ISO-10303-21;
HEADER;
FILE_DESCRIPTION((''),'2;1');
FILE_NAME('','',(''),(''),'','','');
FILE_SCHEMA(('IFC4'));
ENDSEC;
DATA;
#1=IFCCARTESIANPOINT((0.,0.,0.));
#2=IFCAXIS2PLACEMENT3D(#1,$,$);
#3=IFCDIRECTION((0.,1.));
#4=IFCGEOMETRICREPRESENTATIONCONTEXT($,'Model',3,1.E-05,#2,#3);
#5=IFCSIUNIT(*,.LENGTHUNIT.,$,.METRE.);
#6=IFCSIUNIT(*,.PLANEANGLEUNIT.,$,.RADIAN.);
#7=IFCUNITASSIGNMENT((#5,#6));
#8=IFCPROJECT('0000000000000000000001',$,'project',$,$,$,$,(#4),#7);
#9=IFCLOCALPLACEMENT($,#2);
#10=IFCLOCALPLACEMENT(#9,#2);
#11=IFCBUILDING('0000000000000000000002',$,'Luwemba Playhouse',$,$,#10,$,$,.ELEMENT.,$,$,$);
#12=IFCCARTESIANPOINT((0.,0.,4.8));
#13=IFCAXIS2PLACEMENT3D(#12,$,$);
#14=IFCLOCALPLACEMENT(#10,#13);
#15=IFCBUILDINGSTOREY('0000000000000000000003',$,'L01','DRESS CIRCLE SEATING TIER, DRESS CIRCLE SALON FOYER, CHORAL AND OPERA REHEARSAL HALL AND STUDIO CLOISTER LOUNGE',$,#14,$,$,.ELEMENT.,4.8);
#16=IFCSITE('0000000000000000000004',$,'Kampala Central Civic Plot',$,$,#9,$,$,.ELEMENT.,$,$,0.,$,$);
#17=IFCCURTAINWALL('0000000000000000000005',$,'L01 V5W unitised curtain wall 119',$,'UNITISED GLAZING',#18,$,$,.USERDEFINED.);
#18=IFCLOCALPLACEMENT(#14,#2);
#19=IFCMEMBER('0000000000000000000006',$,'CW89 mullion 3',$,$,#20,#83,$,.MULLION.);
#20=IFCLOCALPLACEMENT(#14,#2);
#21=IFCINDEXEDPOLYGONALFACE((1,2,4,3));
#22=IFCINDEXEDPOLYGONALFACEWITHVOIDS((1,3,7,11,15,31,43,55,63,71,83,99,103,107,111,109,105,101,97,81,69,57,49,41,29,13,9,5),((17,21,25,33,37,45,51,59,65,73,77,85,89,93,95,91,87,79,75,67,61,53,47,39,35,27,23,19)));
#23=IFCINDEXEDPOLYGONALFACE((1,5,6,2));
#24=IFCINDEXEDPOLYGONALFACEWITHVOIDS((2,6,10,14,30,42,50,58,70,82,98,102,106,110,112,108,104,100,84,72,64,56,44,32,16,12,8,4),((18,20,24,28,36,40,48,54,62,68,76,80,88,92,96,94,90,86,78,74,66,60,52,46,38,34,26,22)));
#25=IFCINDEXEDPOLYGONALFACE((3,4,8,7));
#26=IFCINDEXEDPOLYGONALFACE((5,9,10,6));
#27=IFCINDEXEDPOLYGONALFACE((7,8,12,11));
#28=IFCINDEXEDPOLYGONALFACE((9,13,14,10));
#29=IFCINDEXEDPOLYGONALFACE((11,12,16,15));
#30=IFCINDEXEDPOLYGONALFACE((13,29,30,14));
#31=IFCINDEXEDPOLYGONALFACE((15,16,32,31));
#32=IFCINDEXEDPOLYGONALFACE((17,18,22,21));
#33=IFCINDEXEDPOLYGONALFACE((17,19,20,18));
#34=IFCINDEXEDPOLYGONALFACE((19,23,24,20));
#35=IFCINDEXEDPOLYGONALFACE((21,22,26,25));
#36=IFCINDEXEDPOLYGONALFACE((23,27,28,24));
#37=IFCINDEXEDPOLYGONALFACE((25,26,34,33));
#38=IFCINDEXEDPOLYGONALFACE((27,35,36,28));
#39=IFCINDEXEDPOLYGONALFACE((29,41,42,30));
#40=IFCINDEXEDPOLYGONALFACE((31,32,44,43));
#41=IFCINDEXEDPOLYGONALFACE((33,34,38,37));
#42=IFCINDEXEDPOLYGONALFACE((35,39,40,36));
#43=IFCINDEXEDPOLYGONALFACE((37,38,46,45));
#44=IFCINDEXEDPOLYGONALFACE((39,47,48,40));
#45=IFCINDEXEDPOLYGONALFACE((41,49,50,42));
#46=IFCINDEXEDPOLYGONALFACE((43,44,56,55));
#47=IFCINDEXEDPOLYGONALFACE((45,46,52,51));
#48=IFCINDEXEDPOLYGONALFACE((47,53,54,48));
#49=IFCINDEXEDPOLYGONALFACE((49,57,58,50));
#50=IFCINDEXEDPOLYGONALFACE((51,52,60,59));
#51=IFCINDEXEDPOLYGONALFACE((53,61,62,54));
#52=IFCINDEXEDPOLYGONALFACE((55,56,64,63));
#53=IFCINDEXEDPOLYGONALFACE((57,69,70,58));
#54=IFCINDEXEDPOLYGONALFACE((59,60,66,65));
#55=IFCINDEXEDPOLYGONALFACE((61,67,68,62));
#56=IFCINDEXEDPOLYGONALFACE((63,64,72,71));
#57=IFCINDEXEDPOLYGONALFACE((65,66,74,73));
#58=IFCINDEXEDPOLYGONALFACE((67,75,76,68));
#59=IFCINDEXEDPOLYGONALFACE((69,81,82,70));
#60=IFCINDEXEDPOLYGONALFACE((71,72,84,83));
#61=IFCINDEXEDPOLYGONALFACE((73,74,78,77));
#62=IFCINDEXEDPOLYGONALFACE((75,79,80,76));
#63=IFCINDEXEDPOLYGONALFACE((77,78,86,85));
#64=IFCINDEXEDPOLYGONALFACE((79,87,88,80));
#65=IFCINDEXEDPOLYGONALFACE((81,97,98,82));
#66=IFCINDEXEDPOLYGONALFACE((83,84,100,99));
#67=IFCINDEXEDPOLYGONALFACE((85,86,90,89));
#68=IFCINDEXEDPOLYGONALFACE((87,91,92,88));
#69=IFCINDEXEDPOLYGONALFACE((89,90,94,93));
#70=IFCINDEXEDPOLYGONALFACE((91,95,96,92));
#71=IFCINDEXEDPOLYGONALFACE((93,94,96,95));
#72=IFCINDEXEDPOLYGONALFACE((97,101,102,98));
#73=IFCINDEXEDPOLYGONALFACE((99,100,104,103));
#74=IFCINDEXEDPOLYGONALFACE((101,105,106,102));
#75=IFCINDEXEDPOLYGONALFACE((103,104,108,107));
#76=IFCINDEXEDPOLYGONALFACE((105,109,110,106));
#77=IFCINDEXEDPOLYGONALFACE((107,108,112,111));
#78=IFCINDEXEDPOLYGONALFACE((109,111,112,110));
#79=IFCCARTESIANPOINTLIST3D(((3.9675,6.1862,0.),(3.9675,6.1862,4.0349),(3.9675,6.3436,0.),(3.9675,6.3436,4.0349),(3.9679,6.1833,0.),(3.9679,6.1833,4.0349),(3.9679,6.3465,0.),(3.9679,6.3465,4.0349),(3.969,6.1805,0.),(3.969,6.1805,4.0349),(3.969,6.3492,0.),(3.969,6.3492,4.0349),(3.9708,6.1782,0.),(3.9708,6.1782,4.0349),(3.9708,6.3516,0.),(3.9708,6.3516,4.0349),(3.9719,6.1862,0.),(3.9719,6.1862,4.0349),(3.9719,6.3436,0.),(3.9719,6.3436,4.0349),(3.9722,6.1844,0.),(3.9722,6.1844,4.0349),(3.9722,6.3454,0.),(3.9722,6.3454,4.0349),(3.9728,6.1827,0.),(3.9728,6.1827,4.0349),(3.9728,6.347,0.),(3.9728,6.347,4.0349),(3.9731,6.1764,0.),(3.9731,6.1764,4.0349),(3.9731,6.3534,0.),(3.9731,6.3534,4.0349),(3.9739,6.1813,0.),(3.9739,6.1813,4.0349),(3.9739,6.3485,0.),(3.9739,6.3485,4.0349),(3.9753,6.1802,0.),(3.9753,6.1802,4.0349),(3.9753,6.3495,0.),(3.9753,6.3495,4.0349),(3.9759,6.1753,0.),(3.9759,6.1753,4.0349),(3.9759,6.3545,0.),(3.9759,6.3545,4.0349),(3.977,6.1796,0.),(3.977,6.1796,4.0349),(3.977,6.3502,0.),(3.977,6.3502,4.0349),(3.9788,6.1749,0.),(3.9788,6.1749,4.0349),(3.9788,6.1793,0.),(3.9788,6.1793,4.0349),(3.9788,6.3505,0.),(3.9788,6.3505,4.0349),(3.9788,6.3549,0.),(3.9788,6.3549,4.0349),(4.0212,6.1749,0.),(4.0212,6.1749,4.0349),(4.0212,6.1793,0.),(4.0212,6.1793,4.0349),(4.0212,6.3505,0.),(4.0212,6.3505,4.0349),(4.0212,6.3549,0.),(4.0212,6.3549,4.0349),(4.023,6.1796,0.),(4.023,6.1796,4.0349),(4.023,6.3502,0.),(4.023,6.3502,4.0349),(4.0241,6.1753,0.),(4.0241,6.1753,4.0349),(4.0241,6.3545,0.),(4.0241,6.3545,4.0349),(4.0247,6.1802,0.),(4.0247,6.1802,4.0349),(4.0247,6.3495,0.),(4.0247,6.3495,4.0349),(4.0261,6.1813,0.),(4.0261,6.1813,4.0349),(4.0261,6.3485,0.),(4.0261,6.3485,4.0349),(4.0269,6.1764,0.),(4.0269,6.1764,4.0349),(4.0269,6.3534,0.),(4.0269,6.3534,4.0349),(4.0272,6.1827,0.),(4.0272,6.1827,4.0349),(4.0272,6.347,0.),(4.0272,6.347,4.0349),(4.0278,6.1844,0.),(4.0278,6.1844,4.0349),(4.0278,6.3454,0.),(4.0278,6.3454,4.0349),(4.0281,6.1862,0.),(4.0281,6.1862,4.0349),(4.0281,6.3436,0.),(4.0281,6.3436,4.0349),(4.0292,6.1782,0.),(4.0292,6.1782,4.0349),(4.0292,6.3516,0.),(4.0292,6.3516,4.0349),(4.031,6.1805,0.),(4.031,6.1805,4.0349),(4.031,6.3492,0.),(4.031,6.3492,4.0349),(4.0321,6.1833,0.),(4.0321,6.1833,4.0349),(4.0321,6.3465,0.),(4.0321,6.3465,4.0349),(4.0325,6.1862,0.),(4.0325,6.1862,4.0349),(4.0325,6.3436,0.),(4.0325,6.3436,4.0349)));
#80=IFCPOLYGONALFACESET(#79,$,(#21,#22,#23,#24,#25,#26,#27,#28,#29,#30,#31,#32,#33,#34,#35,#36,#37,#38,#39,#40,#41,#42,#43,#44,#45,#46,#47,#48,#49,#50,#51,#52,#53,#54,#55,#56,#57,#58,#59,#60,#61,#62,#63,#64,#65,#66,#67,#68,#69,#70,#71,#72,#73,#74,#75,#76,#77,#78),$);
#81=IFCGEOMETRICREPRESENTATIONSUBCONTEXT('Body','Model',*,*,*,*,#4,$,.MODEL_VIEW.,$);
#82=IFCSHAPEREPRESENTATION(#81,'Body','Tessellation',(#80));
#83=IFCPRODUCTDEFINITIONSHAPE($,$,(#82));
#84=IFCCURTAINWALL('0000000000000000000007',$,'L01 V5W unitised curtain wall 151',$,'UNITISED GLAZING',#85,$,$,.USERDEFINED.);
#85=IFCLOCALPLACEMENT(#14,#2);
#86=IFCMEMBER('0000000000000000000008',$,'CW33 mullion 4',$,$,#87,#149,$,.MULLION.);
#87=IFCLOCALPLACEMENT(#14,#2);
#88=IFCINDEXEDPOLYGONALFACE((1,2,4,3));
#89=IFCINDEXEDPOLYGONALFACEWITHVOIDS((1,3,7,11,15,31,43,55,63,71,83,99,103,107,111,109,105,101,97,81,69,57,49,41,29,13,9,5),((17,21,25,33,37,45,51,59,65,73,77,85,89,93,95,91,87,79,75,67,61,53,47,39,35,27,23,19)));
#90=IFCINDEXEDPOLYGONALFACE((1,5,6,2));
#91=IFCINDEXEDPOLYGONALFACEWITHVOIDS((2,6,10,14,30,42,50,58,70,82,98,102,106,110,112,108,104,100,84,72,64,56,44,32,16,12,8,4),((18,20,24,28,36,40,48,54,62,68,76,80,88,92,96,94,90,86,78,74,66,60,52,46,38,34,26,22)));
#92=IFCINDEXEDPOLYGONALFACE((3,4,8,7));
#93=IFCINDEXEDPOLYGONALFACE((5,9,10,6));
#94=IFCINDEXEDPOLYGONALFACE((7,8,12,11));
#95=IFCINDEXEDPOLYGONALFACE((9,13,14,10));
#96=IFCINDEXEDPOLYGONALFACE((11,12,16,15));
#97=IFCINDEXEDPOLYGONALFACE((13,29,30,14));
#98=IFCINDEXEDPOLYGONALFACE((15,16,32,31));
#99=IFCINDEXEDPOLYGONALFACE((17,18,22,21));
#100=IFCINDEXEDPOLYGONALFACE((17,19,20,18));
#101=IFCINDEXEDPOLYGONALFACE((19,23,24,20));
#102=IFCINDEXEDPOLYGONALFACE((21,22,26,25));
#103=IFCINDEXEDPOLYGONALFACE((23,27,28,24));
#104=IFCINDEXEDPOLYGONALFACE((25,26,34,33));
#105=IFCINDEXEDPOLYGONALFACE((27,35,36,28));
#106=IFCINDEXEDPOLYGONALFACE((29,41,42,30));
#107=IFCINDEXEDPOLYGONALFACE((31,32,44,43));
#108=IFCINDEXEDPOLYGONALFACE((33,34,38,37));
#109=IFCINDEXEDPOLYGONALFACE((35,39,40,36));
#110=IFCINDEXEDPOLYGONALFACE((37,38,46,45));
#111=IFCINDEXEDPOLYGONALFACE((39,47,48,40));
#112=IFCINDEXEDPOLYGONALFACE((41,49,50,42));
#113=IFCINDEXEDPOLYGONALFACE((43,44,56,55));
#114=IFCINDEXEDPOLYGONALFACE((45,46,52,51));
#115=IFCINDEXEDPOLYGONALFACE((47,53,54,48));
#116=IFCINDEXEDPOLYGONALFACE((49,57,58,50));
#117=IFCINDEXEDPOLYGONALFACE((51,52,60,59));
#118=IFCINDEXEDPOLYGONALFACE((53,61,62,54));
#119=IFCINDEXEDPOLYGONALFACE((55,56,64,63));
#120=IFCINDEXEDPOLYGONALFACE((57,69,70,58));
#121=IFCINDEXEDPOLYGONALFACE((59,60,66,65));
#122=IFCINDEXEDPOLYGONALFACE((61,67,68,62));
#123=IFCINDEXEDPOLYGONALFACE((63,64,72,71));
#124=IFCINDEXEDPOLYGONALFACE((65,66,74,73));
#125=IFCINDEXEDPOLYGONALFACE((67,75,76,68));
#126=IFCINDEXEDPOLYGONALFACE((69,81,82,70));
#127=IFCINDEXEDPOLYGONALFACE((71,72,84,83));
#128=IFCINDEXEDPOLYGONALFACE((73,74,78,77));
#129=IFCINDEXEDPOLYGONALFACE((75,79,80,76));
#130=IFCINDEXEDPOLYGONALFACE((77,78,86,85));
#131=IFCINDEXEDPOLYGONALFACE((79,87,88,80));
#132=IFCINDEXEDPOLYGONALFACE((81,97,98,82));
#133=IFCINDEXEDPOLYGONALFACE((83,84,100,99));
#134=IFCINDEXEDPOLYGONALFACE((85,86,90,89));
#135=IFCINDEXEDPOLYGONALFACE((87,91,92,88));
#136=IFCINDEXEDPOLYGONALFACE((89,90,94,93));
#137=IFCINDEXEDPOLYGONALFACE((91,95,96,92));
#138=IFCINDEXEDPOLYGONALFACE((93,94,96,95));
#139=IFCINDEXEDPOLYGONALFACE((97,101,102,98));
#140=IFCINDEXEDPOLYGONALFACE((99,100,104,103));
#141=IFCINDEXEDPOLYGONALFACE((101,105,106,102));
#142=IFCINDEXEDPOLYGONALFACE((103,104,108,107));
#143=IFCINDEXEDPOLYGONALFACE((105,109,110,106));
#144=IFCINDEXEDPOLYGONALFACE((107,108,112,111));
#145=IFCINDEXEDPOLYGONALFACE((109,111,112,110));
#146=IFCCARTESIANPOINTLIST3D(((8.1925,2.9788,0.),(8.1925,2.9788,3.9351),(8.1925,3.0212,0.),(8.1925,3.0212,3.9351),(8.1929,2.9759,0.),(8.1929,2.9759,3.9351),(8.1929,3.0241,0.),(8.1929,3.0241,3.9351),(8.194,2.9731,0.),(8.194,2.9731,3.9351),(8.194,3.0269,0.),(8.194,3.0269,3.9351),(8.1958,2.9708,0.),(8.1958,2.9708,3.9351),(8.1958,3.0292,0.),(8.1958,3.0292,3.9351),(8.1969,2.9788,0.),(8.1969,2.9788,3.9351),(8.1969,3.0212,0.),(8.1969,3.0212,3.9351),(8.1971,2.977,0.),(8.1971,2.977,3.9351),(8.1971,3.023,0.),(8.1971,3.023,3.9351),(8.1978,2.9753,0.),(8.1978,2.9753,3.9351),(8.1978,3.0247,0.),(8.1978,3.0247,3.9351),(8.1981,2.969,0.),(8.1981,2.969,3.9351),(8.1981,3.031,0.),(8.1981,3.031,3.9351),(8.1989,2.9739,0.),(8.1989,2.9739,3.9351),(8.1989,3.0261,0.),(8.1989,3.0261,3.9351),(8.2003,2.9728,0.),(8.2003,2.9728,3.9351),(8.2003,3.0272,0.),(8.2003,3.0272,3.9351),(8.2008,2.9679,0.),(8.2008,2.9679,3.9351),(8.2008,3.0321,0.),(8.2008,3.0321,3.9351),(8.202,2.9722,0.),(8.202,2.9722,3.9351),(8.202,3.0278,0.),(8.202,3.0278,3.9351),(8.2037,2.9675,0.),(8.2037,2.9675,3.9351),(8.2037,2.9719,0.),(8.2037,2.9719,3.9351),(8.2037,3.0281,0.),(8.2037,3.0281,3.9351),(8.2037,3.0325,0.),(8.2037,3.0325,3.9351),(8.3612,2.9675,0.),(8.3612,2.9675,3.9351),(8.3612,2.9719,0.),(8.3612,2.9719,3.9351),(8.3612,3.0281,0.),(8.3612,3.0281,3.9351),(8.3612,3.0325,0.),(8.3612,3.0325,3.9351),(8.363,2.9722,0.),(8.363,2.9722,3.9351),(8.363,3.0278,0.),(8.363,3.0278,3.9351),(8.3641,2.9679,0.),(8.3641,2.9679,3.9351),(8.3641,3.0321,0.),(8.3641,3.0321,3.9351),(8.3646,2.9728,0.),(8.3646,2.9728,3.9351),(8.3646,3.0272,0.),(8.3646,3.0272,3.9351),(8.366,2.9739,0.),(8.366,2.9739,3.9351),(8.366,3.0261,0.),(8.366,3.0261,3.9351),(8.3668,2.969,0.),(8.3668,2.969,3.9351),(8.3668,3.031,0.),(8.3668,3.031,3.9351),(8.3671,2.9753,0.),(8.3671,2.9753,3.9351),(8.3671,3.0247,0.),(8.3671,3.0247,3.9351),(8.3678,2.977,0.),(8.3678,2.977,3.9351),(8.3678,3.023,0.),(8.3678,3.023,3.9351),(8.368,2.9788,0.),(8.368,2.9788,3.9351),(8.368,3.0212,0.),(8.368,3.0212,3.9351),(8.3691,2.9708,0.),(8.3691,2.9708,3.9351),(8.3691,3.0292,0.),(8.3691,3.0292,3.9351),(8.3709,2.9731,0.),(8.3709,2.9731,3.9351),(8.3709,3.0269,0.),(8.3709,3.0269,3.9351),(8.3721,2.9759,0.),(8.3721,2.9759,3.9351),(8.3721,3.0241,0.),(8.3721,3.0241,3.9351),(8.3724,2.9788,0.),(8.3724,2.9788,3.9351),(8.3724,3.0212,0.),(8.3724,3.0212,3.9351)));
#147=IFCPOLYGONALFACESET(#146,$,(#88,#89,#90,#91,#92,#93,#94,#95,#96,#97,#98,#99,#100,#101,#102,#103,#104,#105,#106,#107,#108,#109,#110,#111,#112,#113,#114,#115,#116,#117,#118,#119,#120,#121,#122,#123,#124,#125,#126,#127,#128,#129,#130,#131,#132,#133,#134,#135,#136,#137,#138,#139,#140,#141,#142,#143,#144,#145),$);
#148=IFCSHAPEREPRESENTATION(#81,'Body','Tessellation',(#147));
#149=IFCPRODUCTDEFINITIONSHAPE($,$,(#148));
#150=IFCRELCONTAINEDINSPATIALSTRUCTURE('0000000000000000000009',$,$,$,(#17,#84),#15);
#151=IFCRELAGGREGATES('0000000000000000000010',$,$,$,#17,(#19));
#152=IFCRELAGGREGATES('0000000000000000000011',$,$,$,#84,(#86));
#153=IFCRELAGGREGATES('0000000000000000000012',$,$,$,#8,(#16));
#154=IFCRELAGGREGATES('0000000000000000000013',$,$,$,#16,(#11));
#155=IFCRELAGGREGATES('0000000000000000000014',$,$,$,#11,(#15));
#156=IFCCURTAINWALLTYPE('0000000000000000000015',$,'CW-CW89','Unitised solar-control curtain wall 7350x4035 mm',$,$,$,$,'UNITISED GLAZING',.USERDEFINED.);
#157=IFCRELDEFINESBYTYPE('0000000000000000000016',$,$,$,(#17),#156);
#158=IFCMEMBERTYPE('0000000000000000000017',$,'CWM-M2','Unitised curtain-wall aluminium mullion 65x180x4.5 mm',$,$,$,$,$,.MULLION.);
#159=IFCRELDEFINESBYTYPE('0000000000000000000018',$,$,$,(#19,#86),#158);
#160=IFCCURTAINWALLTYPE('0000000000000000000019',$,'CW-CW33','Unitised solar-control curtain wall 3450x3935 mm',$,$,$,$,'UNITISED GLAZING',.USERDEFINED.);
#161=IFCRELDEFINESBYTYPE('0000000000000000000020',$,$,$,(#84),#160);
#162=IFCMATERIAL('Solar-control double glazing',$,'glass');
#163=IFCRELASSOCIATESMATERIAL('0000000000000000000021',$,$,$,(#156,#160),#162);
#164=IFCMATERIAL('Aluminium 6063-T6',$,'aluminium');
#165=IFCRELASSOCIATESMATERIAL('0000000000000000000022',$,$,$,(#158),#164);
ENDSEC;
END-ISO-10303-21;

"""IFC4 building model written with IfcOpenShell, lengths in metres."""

from ifc_helpers import new_model, si_unit, direction, frame, origin, origin_2d, place, context, subcontext, project, spatial, hollow_rectangle, extrude, material, material_profile, profile_set, type_object, element, aggregate, save


model = new_model("IFC4")

# Units and contexts
model_context = context("Model", 3, precision=1e-05, world=origin(), true_north=direction((0.0, 1.0)))
body_context = subcontext(model_context, "Body", "Model", "MODEL_VIEW")
ifc_project = project(units=[si_unit("LENGTHUNIT", "METRE"), si_unit("PLANEANGLEUNIT", "RADIAN")], contexts=[model_context])

# Site, building, storey
site_placement = place(None, origin())
site = spatial("IfcSite", under=ifc_project, at=site_placement, Name="Kampala Central Civic Plot", CompositionType="ELEMENT", RefElevation=0.0)
building_placement = place(site_placement, origin())
building = spatial("IfcBuilding", under=site, at=building_placement, Name="Luwemba Playhouse", CompositionType="ELEMENT")
storey_placement = place(building_placement, frame((0.0, 0.0, 4.8)))
storey = spatial("IfcBuildingStorey", under=building, at=storey_placement, Name="L01", Description="DRESS CIRCLE SEATING TIER, DRESS CIRCLE SALON FOYER, CHORAL AND OPERA REHEARSAL HALL AND STUDIO CLOISTER LOUNGE", CompositionType="ELEMENT", Elevation=4.8)

# Curtain wall, member
ifc_material_1 = material(Name="Solar-control double glazing", Category="glass")
curtain_wall_type_1 = type_object("IfcCurtainWallType", Name="CW-CW89", Description="Unitised solar-control curtain wall 7350x4035 mm", ElementType="UNITISED GLAZING", PredefinedType="USERDEFINED", material=ifc_material_1)
curtain_wall_1_placement = place(storey_placement, origin())
curtain_wall_1 = element("IfcCurtainWall", 1, at=curtain_wall_1_placement, inside=storey, type_object=curtain_wall_type_1, Name="L01 V5W unitised curtain wall 119", ObjectType="UNITISED GLAZING", PredefinedType="USERDEFINED")
ifc_material_2 = material(Name="Aluminium 6063-T6", Category="aluminium")
ifc_material_profile_1 = material_profile(ifc_material_2, hollow_rectangle(XDim=0.0649, YDim=0.1799, WallThickness=0.0044, InnerFilletRadius=0.0068, OuterFilletRadius=0.0112, at=origin_2d()))
ifc_profile_set_1 = profile_set([ifc_material_profile_1], Name="Aluminium 6063-T6")
member_type_1 = type_object("IfcMemberType", Name="CWM-M2", Description="Unitised curtain-wall aluminium mullion 65x180x4.5 mm", PredefinedType="MULLION", material=ifc_profile_set_1)
member_1_placement = place(storey_placement, frame((4.0, 6.2649, 0.0), z_axis=(0.0, 0.0, 1.0), x_axis=(-1.0, 0.0, 0.0)))
member_1 = element("IfcMember", 2, at=member_1_placement, type_object=member_type_1, Name="CW89 mullion 3", PredefinedType="MULLION", context=body_context, shape_type="SweptSolid", body=[
    extrude(hollow_rectangle(XDim=0.0649, YDim=0.1799, WallThickness=0.0044, InnerFilletRadius=0.0068, OuterFilletRadius=0.0112, at=origin_2d()), origin(), (0.0, 0.0, 1.0), 4.0349),
])

# Curtain wall, member
curtain_wall_type_2 = type_object("IfcCurtainWallType", Name="CW-CW33", Description="Unitised solar-control curtain wall 3450x3935 mm", ElementType="UNITISED GLAZING", PredefinedType="USERDEFINED", material=ifc_material_1)
curtain_wall_2_placement = place(storey_placement, origin())
curtain_wall_2 = element("IfcCurtainWall", 3, at=curtain_wall_2_placement, inside=storey, type_object=curtain_wall_type_2, Name="L01 V5W unitised curtain wall 151", ObjectType="UNITISED GLAZING", PredefinedType="USERDEFINED")
member_2_placement = place(storey_placement, frame((8.2825, 3.0, 0.0), z_axis=(0.0, 0.0, 1.0), x_axis=(0.0, -1.0, 0.0)))
member_2 = element("IfcMember", 4, at=member_2_placement, type_object=member_type_1, Name="CW33 mullion 4", PredefinedType="MULLION", context=body_context, shape_type="SweptSolid", body=[
    extrude(hollow_rectangle(XDim=0.0649, YDim=0.1799, WallThickness=0.0044, InnerFilletRadius=0.0068, OuterFilletRadius=0.0112, at=origin_2d()), origin(), (0.0, 0.0, 1.0), 3.9351),
])

aggregate(curtain_wall_1, [member_1])
aggregate(curtain_wall_2, [member_2])

save(model, "model.ifc")
